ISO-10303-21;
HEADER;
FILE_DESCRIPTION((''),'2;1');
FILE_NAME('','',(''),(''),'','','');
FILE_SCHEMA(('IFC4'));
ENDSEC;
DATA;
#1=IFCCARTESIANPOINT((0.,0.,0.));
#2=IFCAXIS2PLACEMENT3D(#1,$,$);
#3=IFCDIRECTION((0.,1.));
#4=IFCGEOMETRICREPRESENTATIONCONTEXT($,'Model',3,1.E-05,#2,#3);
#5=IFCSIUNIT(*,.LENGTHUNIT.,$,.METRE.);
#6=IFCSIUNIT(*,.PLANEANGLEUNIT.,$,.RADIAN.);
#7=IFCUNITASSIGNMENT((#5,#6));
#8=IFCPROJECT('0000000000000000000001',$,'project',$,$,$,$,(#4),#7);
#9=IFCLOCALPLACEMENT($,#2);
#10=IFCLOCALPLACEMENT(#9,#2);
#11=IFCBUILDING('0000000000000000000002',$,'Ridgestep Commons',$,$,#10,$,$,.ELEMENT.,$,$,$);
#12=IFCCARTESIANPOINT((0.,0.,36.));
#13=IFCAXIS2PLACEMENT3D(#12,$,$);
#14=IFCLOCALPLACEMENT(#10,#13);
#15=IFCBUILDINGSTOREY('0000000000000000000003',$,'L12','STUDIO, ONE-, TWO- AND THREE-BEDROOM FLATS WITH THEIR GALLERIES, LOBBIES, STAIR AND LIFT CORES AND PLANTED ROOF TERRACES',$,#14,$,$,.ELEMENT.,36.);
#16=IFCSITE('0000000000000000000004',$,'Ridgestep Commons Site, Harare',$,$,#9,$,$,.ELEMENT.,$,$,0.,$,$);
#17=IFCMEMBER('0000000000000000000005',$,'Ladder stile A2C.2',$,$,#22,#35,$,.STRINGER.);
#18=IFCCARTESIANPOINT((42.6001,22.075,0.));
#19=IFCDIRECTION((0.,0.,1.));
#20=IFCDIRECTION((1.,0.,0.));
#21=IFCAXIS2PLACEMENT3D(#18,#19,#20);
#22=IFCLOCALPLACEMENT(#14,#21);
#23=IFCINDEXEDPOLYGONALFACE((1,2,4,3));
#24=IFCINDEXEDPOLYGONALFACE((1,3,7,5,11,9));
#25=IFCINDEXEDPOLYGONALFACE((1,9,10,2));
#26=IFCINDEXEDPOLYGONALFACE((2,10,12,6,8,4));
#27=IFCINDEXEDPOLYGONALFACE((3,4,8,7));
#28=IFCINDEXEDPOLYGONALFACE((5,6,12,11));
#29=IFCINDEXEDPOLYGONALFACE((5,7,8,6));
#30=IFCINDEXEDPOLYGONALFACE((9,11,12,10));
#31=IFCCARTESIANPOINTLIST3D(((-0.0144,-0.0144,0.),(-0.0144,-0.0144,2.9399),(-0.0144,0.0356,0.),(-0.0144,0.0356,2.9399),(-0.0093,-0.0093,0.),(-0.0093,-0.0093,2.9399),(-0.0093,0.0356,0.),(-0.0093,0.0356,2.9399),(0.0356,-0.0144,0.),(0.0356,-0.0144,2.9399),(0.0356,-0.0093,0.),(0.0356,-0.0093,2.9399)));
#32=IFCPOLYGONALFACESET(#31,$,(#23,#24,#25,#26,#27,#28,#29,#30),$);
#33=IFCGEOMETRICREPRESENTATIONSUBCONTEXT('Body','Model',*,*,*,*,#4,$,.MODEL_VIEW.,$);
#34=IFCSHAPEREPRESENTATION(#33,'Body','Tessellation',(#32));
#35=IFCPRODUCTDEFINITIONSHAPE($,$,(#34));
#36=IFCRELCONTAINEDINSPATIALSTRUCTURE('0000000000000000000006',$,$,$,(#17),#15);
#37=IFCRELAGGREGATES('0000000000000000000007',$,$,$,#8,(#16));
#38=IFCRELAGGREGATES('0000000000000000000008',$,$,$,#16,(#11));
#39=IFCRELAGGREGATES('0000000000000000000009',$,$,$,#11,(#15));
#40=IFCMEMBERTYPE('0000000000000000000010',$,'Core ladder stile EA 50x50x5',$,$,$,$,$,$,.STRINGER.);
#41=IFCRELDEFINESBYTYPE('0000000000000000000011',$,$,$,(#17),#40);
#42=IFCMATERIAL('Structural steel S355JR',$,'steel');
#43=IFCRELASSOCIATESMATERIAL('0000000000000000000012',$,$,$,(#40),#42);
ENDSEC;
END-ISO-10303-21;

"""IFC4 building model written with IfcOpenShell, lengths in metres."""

from ifc_helpers import new_model, si_unit, direction, frame, origin, place, context, subcontext, project, spatial, polyline, outline, extrude, material, material_profile, profile_set, type_object, element, save


model = new_model("IFC4")

# Units and contexts
model_context = context("Model", 3, precision=1e-05, world=origin(), true_north=direction((0.0, 1.0)))
body_context = subcontext(model_context, "Body", "Model", "MODEL_VIEW")
ifc_project = project(units=[si_unit("LENGTHUNIT", "METRE"), si_unit("PLANEANGLEUNIT", "RADIAN")], contexts=[model_context])

# Site, building, storey
site_placement = place(None, origin())
site = spatial("IfcSite", under=ifc_project, at=site_placement, Name="Ridgestep Commons Site, Harare", CompositionType="ELEMENT", RefElevation=0.0)
building_placement = place(site_placement, origin())
building = spatial("IfcBuilding", under=site, at=building_placement, Name="Ridgestep Commons", CompositionType="ELEMENT")
storey_placement = place(building_placement, frame((0.0, 0.0, 36.0)))
storey = spatial("IfcBuildingStorey", under=building, at=storey_placement, Name="L12", Description="STUDIO, ONE-, TWO- AND THREE-BEDROOM FLATS WITH THEIR GALLERIES, LOBBIES, STAIR AND LIFT CORES AND PLANTED ROOF TERRACES", CompositionType="ELEMENT", Elevation=36.0)

# Member
ifc_material_1 = material(Name="Structural steel S355JR", Category="steel")
ifc_material_profile_1 = material_profile(ifc_material_1, outline(polyline([(-0.0144, -0.0144), (0.0356, -0.0144), (0.0356, -0.0093), (-0.0093, -0.0093), (-0.0093, 0.0356), (-0.0144, 0.0356), (-0.0144, -0.0144)])), Name="EA 50x50x5")
ifc_profile_set_1 = profile_set([ifc_material_profile_1], Name="Structural steel S355JR")
member_type_1 = type_object("IfcMemberType", Name="Core ladder stile EA 50x50x5", PredefinedType="STRINGER", material=ifc_profile_set_1)
member_1_placement = place(storey_placement, frame((42.6001, 22.075, 0.0), z_axis=(0.0, 0.0, 1.0), x_axis=(1.0, 0.0, 0.0)))
element("IfcMember", 1, at=member_1_placement, inside=storey, type_object=member_type_1, Name="Ladder stile A2C.2", PredefinedType="STRINGER", context=body_context, shape_type="SweptSolid", body=[
    extrude(outline(polyline([(-0.0144, -0.0144), (0.0356, -0.0144), (0.0356, -0.0093), (-0.0093, -0.0093), (-0.0093, 0.0356), (-0.0144, 0.0356), (-0.0144, -0.0144)])), origin(), (0.0, 0.0, 1.0), 2.9399),
])

save(model, "model.ifc")
